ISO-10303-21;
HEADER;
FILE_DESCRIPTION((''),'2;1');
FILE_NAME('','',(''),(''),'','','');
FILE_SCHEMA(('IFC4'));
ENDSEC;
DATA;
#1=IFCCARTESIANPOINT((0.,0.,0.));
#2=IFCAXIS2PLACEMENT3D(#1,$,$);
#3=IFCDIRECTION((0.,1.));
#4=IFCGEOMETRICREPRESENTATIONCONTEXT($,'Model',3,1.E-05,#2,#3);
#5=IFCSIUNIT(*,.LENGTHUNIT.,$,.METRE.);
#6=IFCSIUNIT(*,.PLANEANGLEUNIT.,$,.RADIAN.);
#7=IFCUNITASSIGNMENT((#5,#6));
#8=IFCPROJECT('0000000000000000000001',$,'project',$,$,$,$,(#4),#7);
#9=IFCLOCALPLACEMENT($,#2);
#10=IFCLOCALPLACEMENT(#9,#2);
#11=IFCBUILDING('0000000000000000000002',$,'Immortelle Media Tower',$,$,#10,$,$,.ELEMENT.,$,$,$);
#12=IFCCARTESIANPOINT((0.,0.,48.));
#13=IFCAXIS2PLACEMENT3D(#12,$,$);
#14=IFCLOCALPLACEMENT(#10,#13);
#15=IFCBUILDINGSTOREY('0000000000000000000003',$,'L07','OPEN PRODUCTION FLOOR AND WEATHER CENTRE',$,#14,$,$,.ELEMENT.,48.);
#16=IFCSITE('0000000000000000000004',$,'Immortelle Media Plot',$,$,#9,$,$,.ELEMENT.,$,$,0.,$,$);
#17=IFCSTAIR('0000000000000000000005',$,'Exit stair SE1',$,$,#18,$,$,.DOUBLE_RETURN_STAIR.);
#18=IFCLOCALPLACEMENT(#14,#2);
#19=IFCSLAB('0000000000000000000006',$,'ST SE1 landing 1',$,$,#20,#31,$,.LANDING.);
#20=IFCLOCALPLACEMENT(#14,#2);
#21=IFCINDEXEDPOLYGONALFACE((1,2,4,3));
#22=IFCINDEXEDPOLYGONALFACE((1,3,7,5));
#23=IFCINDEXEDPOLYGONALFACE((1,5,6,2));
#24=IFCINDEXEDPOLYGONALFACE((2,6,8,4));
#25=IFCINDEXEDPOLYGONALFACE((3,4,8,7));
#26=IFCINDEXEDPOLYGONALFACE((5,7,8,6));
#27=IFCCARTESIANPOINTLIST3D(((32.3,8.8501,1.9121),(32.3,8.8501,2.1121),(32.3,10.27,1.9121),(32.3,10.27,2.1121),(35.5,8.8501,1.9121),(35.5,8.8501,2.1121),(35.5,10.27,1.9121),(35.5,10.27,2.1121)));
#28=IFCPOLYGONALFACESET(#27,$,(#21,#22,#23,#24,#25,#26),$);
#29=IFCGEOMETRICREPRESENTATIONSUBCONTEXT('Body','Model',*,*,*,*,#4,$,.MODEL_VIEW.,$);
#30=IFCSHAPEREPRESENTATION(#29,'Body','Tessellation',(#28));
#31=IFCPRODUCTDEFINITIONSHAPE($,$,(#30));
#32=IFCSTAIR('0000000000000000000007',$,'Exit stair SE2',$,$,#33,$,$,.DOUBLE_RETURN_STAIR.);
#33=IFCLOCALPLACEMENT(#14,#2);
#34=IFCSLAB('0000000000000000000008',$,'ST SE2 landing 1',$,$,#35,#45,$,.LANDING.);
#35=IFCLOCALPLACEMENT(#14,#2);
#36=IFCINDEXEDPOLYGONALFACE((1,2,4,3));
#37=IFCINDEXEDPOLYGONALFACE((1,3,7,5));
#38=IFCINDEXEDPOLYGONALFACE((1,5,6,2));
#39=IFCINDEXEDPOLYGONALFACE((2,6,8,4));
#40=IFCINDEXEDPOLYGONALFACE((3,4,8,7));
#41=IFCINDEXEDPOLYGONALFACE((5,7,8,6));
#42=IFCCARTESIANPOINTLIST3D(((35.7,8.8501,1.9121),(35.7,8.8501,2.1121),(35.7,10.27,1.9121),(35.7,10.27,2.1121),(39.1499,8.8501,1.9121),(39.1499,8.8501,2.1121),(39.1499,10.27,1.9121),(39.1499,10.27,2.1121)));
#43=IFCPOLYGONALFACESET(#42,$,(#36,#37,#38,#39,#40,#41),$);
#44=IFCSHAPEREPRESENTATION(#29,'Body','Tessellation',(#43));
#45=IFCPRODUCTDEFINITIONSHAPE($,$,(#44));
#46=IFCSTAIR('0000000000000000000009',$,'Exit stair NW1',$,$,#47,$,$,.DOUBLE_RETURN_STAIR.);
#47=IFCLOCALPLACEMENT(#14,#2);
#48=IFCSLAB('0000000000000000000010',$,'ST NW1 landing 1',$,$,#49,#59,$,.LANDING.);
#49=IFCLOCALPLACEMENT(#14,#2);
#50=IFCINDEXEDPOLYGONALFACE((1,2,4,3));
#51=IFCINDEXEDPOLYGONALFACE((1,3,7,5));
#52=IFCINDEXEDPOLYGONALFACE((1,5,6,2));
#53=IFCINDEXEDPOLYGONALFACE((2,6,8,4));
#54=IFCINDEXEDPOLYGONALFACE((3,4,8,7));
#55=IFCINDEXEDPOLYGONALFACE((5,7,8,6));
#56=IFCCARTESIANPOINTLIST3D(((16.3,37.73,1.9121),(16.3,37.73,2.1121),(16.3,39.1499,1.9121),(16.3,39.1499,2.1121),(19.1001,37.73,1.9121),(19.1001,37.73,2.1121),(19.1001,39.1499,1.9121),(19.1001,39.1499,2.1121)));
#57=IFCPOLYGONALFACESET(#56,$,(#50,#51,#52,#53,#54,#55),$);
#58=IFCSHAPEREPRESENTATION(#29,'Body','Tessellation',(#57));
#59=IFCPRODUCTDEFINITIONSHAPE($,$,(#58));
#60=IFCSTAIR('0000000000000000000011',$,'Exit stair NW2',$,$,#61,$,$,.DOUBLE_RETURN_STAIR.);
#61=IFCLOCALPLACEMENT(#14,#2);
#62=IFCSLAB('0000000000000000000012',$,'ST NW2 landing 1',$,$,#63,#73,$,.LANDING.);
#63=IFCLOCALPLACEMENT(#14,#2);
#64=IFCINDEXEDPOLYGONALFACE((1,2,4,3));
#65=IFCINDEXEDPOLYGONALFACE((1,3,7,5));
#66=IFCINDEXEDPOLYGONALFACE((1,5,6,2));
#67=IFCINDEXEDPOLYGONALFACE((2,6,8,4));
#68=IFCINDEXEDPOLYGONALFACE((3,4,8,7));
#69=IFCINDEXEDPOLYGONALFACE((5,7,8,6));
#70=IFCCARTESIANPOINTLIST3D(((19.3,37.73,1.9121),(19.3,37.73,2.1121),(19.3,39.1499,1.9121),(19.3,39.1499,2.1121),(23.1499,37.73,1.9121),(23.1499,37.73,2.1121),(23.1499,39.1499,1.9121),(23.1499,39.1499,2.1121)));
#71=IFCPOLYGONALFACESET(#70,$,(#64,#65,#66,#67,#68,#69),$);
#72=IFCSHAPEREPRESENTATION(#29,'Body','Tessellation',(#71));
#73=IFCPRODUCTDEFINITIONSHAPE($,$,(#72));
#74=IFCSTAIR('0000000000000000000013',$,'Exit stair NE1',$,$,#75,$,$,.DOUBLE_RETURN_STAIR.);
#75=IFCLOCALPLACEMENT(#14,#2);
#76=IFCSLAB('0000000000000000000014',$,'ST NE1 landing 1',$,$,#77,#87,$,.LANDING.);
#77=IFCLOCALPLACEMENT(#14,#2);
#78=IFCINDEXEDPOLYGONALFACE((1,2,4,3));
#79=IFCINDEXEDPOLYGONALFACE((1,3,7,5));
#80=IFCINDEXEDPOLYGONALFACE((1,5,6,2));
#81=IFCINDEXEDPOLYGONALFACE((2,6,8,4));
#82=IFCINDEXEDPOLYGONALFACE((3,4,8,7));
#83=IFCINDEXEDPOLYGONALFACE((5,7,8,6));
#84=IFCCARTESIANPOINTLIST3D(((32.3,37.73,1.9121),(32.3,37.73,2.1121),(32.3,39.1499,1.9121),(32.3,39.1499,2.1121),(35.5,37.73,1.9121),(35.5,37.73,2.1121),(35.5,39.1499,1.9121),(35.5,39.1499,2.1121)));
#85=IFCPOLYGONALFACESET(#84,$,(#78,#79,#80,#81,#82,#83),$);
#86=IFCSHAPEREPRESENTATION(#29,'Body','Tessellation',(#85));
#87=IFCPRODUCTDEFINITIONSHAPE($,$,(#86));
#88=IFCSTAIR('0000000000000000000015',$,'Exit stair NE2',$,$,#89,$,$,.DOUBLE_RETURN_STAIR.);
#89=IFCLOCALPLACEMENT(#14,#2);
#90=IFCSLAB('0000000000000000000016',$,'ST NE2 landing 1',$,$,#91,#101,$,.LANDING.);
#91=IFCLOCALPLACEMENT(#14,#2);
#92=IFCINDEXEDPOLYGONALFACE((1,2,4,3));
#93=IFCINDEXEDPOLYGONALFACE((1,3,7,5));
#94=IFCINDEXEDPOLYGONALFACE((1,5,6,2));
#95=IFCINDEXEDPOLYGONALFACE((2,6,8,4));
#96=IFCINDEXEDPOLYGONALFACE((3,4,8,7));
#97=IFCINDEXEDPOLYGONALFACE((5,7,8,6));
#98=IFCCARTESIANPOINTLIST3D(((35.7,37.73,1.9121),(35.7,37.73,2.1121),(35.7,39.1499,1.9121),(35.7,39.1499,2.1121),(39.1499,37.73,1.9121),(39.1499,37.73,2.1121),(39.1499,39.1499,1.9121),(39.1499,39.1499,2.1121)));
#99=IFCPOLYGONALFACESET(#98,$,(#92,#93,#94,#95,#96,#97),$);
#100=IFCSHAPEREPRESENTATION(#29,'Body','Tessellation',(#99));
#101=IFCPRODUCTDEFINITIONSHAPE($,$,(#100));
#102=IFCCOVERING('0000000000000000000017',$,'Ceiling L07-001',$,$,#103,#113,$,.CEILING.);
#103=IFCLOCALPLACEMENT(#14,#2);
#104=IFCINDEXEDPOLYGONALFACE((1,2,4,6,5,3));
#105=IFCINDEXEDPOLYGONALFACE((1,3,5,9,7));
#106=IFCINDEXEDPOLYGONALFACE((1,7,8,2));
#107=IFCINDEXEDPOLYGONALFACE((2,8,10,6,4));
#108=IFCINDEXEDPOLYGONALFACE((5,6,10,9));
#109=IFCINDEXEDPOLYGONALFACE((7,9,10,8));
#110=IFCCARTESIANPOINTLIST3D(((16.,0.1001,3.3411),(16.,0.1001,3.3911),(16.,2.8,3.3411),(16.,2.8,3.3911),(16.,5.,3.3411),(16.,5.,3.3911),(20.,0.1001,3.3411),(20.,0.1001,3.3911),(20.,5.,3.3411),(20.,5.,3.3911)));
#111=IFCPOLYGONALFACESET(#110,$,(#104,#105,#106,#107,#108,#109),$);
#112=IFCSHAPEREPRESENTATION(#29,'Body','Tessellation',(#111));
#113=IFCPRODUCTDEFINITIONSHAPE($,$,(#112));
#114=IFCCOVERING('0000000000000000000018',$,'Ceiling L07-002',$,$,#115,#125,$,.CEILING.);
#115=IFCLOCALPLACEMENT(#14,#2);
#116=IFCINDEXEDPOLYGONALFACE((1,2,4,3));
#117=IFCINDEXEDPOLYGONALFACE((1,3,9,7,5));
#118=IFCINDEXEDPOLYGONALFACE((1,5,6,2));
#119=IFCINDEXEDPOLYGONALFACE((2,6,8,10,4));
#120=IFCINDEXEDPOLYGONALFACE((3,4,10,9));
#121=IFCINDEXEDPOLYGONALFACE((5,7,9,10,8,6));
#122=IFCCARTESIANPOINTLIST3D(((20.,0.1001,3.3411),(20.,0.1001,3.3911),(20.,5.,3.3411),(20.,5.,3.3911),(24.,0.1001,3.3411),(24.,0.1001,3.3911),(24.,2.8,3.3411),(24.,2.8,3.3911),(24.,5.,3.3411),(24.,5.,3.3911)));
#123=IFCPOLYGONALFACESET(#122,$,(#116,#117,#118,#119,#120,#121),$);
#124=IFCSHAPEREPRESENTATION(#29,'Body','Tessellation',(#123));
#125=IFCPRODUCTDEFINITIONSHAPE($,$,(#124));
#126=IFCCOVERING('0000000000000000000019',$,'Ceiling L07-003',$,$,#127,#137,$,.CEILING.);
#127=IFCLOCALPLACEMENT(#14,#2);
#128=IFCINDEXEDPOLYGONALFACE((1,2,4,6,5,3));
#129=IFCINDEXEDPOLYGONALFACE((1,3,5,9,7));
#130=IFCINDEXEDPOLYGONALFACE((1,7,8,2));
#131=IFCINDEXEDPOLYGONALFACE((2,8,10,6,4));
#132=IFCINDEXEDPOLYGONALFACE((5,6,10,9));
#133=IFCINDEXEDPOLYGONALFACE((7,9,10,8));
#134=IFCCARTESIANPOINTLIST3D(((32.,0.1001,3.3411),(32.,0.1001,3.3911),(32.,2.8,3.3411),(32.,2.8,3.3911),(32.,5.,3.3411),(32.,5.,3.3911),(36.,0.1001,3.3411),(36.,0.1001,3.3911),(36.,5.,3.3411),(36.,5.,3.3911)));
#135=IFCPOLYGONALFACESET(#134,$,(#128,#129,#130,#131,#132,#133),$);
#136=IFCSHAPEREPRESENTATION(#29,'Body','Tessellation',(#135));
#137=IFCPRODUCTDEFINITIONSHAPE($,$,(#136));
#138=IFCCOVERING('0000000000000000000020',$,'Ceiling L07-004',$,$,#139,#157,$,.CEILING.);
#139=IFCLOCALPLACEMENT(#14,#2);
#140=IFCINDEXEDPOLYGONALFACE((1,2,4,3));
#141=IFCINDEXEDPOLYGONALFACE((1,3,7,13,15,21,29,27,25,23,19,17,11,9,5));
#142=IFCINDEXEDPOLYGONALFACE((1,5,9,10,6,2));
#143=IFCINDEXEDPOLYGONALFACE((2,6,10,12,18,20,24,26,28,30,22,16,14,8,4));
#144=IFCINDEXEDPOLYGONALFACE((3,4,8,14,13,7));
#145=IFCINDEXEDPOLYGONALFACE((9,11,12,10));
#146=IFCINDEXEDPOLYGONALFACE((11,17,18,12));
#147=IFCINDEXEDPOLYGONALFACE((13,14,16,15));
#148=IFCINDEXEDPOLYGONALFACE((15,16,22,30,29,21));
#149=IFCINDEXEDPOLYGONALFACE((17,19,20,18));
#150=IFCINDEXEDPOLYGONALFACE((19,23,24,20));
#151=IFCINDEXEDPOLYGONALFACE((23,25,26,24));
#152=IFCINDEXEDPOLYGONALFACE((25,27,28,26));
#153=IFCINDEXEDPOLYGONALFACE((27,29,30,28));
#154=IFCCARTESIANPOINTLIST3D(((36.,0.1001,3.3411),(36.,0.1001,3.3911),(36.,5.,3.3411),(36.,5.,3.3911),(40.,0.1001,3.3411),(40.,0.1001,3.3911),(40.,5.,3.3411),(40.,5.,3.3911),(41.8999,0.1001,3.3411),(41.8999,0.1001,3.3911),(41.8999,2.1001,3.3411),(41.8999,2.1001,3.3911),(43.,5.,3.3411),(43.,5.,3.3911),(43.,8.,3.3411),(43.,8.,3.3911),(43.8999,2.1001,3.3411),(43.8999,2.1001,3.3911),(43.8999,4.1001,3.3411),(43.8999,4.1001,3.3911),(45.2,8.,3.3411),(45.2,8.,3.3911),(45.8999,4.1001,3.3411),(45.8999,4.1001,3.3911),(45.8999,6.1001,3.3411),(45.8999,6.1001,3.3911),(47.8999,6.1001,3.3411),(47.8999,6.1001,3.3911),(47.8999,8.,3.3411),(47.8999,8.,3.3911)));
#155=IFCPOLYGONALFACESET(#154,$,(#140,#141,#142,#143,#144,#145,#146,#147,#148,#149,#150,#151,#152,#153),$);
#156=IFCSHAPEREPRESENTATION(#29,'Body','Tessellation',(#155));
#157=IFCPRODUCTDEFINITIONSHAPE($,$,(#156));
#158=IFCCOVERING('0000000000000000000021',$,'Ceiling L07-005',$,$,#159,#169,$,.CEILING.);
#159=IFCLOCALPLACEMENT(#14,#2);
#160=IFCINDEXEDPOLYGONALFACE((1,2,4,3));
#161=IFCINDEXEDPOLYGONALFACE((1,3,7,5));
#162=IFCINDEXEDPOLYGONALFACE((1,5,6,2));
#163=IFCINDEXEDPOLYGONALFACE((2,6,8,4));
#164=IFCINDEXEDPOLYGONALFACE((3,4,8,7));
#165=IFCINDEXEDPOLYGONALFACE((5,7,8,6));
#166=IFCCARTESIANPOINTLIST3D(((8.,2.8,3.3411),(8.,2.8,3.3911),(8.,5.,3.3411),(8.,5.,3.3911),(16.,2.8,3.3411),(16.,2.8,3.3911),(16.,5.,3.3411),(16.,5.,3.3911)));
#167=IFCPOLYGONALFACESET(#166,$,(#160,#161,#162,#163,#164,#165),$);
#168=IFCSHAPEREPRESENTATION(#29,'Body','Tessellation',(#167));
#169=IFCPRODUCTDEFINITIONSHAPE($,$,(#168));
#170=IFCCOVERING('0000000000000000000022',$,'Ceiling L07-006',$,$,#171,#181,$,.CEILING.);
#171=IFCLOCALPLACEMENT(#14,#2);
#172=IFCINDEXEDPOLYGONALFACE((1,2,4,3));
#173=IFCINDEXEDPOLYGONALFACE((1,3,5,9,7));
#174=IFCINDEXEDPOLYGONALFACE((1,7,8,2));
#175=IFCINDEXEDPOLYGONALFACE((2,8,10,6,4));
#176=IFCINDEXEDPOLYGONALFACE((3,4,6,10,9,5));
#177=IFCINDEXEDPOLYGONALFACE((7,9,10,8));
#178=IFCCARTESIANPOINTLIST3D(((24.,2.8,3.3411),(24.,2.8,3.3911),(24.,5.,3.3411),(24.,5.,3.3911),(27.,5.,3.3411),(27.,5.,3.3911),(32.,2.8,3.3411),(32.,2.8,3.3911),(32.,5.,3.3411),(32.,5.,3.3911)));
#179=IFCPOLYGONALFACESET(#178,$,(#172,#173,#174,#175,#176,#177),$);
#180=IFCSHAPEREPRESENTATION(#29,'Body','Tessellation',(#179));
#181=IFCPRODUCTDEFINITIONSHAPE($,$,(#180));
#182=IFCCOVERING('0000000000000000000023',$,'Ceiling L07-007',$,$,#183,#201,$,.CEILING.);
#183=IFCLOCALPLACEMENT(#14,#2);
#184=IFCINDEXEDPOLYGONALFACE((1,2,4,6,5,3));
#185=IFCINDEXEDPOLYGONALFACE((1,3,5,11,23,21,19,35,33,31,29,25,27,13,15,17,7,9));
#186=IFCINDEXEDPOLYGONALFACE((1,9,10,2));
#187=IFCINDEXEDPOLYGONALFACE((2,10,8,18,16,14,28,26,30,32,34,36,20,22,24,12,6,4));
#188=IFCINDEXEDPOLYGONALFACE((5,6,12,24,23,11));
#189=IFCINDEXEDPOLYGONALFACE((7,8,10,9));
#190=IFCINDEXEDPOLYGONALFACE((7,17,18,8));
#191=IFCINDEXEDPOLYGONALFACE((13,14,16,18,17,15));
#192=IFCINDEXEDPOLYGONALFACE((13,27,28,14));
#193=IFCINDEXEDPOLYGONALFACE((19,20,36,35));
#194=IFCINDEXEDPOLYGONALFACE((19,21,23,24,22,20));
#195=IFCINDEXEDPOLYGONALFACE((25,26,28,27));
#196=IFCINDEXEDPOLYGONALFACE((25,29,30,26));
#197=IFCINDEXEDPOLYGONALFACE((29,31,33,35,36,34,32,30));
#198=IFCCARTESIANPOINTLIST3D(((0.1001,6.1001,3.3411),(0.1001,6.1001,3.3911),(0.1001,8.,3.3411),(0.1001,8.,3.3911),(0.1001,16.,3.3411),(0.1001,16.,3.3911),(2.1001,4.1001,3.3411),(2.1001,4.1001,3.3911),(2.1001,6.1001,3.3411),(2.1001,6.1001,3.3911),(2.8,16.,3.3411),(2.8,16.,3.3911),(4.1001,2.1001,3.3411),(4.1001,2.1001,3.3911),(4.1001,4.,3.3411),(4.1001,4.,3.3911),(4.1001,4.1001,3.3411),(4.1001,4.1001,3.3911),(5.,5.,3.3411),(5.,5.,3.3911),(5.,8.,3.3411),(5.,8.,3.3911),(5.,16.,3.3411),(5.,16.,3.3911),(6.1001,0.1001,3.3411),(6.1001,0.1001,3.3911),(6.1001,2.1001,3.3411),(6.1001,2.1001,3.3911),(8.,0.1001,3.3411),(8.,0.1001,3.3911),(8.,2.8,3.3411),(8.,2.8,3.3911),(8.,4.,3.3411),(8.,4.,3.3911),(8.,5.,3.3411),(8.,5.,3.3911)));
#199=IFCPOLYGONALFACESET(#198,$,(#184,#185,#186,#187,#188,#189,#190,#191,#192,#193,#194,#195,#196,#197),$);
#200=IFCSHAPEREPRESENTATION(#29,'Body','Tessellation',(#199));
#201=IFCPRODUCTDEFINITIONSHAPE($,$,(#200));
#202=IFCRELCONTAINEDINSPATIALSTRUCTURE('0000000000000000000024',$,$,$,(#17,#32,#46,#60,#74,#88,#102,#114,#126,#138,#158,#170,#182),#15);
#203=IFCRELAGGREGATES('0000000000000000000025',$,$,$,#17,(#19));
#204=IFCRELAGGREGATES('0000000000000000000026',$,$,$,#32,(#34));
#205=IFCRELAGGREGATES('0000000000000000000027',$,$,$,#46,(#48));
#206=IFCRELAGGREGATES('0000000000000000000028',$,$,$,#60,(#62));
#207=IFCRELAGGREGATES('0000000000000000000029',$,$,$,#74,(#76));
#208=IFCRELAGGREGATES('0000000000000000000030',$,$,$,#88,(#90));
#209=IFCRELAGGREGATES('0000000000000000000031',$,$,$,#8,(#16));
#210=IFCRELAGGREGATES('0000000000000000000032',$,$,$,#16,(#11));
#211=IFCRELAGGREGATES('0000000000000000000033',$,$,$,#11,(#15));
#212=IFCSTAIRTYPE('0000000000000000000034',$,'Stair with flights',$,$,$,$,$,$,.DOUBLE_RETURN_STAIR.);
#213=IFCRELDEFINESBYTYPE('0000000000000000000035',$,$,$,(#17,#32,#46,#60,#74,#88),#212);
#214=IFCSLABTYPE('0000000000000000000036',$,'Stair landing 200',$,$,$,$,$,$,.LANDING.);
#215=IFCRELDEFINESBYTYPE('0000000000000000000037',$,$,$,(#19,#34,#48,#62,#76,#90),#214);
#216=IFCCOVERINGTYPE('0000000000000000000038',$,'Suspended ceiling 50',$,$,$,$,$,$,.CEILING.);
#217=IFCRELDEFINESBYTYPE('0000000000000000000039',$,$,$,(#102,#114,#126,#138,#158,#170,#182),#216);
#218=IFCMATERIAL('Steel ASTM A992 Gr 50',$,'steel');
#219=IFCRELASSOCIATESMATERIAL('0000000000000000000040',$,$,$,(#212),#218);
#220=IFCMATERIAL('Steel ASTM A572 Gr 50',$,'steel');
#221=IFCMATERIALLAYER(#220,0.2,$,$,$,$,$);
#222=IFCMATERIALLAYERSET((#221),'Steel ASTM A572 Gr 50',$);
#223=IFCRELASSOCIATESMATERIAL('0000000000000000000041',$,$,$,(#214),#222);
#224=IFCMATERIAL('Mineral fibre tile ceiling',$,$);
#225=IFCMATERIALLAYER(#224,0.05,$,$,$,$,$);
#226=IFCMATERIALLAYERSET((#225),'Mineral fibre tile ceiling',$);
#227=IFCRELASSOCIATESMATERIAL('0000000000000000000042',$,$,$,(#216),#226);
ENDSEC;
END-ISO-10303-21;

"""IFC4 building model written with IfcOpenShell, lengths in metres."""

from ifc_helpers import new_model, si_unit, direction, frame, origin, place, context, subcontext, project, spatial, polyline, outline, extrude, material, layer, layer_set, type_object, element, aggregate, save


model = new_model("IFC4")

# Units and contexts
model_context = context("Model", 3, precision=1e-05, world=origin(), true_north=direction((0.0, 1.0)))
body_context = subcontext(model_context, "Body", "Model", "MODEL_VIEW")
ifc_project = project(units=[si_unit("LENGTHUNIT", "METRE"), si_unit("PLANEANGLEUNIT", "RADIAN")], contexts=[model_context])

# Site, building, storey
site_placement = place(None, origin())
site = spatial("IfcSite", under=ifc_project, at=site_placement, Name="Immortelle Media Plot", CompositionType="ELEMENT", RefElevation=0.0)
building_placement = place(site_placement, origin())
building = spatial("IfcBuilding", under=site, at=building_placement, Name="Immortelle Media Tower", CompositionType="ELEMENT")
storey_placement = place(building_placement, frame((0.0, 0.0, 48.0)))
storey = spatial("IfcBuildingStorey", under=building, at=storey_placement, Name="L07", Description="OPEN PRODUCTION FLOOR AND WEATHER CENTRE", CompositionType="ELEMENT", Elevation=48.0)

# Stairs, slabs
ifc_material_1 = material(Name="Steel ASTM A992 Gr 50", Category="steel")
stair_type = type_object("IfcStairType", Name="Stair with flights", PredefinedType="DOUBLE_RETURN_STAIR", material=ifc_material_1)
ifc_material_2 = material(Name="Steel ASTM A572 Gr 50", Category="steel")
ifc_layer_1 = layer(ifc_material_2, 0.2)
ifc_layer_set_1 = layer_set([ifc_layer_1], Name="Steel ASTM A572 Gr 50")
slab_type_1 = type_object("IfcSlabType", Name="Stair landing 200", PredefinedType="LANDING", material=ifc_layer_set_1)
stair_1_placement = place(storey_placement, origin())
stair_1 = element("IfcStair", 1, at=stair_1_placement, inside=storey, type_object=stair_type, Name="Exit stair SE1", PredefinedType="DOUBLE_RETURN_STAIR")
slab_1_placement = place(storey_placement, frame((0.0, 0.0, 1.9121)))
slab_1 = element("IfcSlab", 2, at=slab_1_placement, type_object=slab_type_1, Name="ST SE1 landing 1", PredefinedType="LANDING", context=body_context, shape_type="SweptSolid", body=[
    extrude(outline(polyline([(32.3, 8.8501), (35.5, 8.8501), (35.5, 10.27), (32.3, 10.27), (32.3, 8.8501)])), origin(), (0.0, 0.0, 1.0), 0.2),
])
aggregate(stair_1, [slab_1])
stair_2_placement = place(storey_placement, origin())
stair_2 = element("IfcStair", 3, at=stair_2_placement, inside=storey, type_object=stair_type, Name="Exit stair SE2", PredefinedType="DOUBLE_RETURN_STAIR")
slab_2_placement = place(storey_placement, frame((0.0, 0.0, 1.9121)))
slab_2 = element("IfcSlab", 4, at=slab_2_placement, type_object=slab_type_1, Name="ST SE2 landing 1", PredefinedType="LANDING", context=body_context, shape_type="SweptSolid", body=[
    extrude(outline(polyline([(35.7, 8.8501), (39.1499, 8.8501), (39.1499, 10.27), (35.7, 10.27), (35.7, 8.8501)])), origin(), (0.0, 0.0, 1.0), 0.2),
])
aggregate(stair_2, [slab_2])
stair_3_placement = place(storey_placement, origin())
stair_3 = element("IfcStair", 5, at=stair_3_placement, inside=storey, type_object=stair_type, Name="Exit stair NW1", PredefinedType="DOUBLE_RETURN_STAIR")
slab_3_placement = place(storey_placement, frame((0.0, 0.0, 1.9121)))
slab_3 = element("IfcSlab", 6, at=slab_3_placement, type_object=slab_type_1, Name="ST NW1 landing 1", PredefinedType="LANDING", context=body_context, shape_type="SweptSolid", body=[
    extrude(outline(polyline([(16.3, 37.73), (19.1001, 37.73), (19.1001, 39.1499), (16.3, 39.1499), (16.3, 37.73)])), origin(), (0.0, 0.0, 1.0), 0.2),
])
aggregate(stair_3, [slab_3])
stair_4_placement = place(storey_placement, origin())
stair_4 = element("IfcStair", 7, at=stair_4_placement, inside=storey, type_object=stair_type, Name="Exit stair NW2", PredefinedType="DOUBLE_RETURN_STAIR")
slab_4_placement = place(storey_placement, frame((0.0, 0.0, 1.9121)))
slab_4 = element("IfcSlab", 8, at=slab_4_placement, type_object=slab_type_1, Name="ST NW2 landing 1", PredefinedType="LANDING", context=body_context, shape_type="SweptSolid", body=[
    extrude(outline(polyline([(19.3, 37.73), (23.1499, 37.73), (23.1499, 39.1499), (19.3, 39.1499), (19.3, 37.73)])), origin(), (0.0, 0.0, 1.0), 0.2),
])
aggregate(stair_4, [slab_4])
stair_5_placement = place(storey_placement, origin())
stair_5 = element("IfcStair", 9, at=stair_5_placement, inside=storey, type_object=stair_type, Name="Exit stair NE1", PredefinedType="DOUBLE_RETURN_STAIR")
slab_5_placement = place(storey_placement, frame((0.0, 0.0, 1.9121)))
slab_5 = element("IfcSlab", 10, at=slab_5_placement, type_object=slab_type_1, Name="ST NE1 landing 1", PredefinedType="LANDING", context=body_context, shape_type="SweptSolid", body=[
    extrude(outline(polyline([(32.3, 37.73), (35.5, 37.73), (35.5, 39.1499), (32.3, 39.1499), (32.3, 37.73)])), origin(), (0.0, 0.0, 1.0), 0.2),
])
aggregate(stair_5, [slab_5])
stair_6_placement = place(storey_placement, origin())
stair_6 = element("IfcStair", 11, at=stair_6_placement, inside=storey, type_object=stair_type, Name="Exit stair NE2", PredefinedType="DOUBLE_RETURN_STAIR")
slab_6_placement = place(storey_placement, frame((0.0, 0.0, 1.9121)))
slab_6 = element("IfcSlab", 12, at=slab_6_placement, type_object=slab_type_1, Name="ST NE2 landing 1", PredefinedType="LANDING", context=body_context, shape_type="SweptSolid", body=[
    extrude(outline(polyline([(35.7, 37.73), (39.1499, 37.73), (39.1499, 39.1499), (35.7, 39.1499), (35.7, 37.73)])), origin(), (0.0, 0.0, 1.0), 0.2),
])
aggregate(stair_6, [slab_6])

# Coverings
ifc_material_3 = material(Name="Mineral fibre tile ceiling")
ifc_layer_2 = layer(ifc_material_3, 0.05)
ifc_layer_set_2 = layer_set([ifc_layer_2], Name="Mineral fibre tile ceiling")
covering_type = type_object("IfcCoveringType", Name="Suspended ceiling 50", PredefinedType="CEILING", material=ifc_layer_set_2)
covering_1_placement = place(storey_placement, frame((0.0, 0.0, 3.3411)))
element("IfcCovering", 13, at=covering_1_placement, inside=storey, type_object=covering_type, Name="Ceiling L07-001", PredefinedType="CEILING", context=body_context, shape_type="SweptSolid", body=[
    extrude(outline(polyline([(16.0, 2.8), (16.0, 5.0), (20.0, 5.0), (20.0, 0.1001), (16.0, 0.1001), (16.0, 2.8)])), origin(), (0.0, 0.0, 1.0), 0.05),
])
covering_2_placement = place(storey_placement, frame((0.0, 0.0, 3.3411)))
element("IfcCovering", 14, at=covering_2_placement, inside=storey, type_object=covering_type, Name="Ceiling L07-002", PredefinedType="CEILING", context=body_context, shape_type="SweptSolid", body=[
    extrude(outline(polyline([(24.0, 5.0), (24.0, 2.8), (24.0, 0.1001), (20.0, 0.1001), (20.0, 5.0), (24.0, 5.0)])), origin(), (0.0, 0.0, 1.0), 0.05),
])
covering_3_placement = place(storey_placement, frame((0.0, 0.0, 3.3411)))
element("IfcCovering", 15, at=covering_3_placement, inside=storey, type_object=covering_type, Name="Ceiling L07-003", PredefinedType="CEILING", context=body_context, shape_type="SweptSolid", body=[
    extrude(outline(polyline([(32.0, 5.0), (36.0, 5.0), (36.0, 0.1001), (32.0, 0.1001), (32.0, 2.8), (32.0, 5.0)])), origin(), (0.0, 0.0, 1.0), 0.05),
])
covering_4_placement = place(storey_placement, frame((0.0, 0.0, 3.3411)))
element("IfcCovering", 16, at=covering_4_placement, inside=storey, type_object=covering_type, Name="Ceiling L07-004", PredefinedType="CEILING", context=body_context, shape_type="SweptSolid", body=[
    extrude(outline(polyline([(40.0, 5.0), (43.0, 5.0), (43.0, 8.0), (45.2, 8.0), (47.8999, 8.0), (47.8999, 6.1001), (45.8999, 6.1001), (45.8999, 4.1001), (43.8999, 4.1001), (43.8999, 2.1001), (41.8999, 2.1001), (41.8999, 0.1001), (40.0, 0.1001), (36.0, 0.1001), (36.0, 5.0), (40.0, 5.0)])), origin(), (0.0, 0.0, 1.0), 0.05),
])
covering_5_placement = place(storey_placement, frame((0.0, 0.0, 3.3411)))
element("IfcCovering", 17, at=covering_5_placement, inside=storey, type_object=covering_type, Name="Ceiling L07-005", PredefinedType="CEILING", context=body_context, shape_type="SweptSolid", body=[
    extrude(outline(polyline([(8.0, 2.8), (8.0, 5.0), (16.0, 5.0), (16.0, 2.8), (8.0, 2.8)])), origin(), (0.0, 0.0, 1.0), 0.05),
])
covering_6_placement = place(storey_placement, frame((0.0, 0.0, 3.3411)))
element("IfcCovering", 18, at=covering_6_placement, inside=storey, type_object=covering_type, Name="Ceiling L07-006", PredefinedType="CEILING", context=body_context, shape_type="SweptSolid", body=[
    extrude(outline(polyline([(24.0, 2.8), (24.0, 5.0), (27.0, 5.0), (32.0, 5.0), (32.0, 2.8), (24.0, 2.8)])), origin(), (0.0, 0.0, 1.0), 0.05),
])
covering_7_placement = place(storey_placement, frame((0.0, 0.0, 3.3411)))
element("IfcCovering", 19, at=covering_7_placement, inside=storey, type_object=covering_type, Name="Ceiling L07-007", PredefinedType="CEILING", context=body_context, shape_type="SweptSolid", body=[
    extrude(outline(polyline([(4.1001, 4.0), (4.1001, 4.1001), (2.1001, 4.1001), (2.1001, 6.1001), (0.1001, 6.1001), (0.1001, 8.0), (0.1001, 16.0), (2.8, 16.0), (5.0, 16.0), (5.0, 8.0), (5.0, 5.0), (8.0, 5.0), (8.0, 4.0), (8.0, 2.8), (8.0, 0.1001), (6.1001, 0.1001), (6.1001, 2.1001), (4.1001, 2.1001), (4.1001, 4.0)])), origin(), (0.0, 0.0, 1.0), 0.05),
])

save(model, "model.ifc")
